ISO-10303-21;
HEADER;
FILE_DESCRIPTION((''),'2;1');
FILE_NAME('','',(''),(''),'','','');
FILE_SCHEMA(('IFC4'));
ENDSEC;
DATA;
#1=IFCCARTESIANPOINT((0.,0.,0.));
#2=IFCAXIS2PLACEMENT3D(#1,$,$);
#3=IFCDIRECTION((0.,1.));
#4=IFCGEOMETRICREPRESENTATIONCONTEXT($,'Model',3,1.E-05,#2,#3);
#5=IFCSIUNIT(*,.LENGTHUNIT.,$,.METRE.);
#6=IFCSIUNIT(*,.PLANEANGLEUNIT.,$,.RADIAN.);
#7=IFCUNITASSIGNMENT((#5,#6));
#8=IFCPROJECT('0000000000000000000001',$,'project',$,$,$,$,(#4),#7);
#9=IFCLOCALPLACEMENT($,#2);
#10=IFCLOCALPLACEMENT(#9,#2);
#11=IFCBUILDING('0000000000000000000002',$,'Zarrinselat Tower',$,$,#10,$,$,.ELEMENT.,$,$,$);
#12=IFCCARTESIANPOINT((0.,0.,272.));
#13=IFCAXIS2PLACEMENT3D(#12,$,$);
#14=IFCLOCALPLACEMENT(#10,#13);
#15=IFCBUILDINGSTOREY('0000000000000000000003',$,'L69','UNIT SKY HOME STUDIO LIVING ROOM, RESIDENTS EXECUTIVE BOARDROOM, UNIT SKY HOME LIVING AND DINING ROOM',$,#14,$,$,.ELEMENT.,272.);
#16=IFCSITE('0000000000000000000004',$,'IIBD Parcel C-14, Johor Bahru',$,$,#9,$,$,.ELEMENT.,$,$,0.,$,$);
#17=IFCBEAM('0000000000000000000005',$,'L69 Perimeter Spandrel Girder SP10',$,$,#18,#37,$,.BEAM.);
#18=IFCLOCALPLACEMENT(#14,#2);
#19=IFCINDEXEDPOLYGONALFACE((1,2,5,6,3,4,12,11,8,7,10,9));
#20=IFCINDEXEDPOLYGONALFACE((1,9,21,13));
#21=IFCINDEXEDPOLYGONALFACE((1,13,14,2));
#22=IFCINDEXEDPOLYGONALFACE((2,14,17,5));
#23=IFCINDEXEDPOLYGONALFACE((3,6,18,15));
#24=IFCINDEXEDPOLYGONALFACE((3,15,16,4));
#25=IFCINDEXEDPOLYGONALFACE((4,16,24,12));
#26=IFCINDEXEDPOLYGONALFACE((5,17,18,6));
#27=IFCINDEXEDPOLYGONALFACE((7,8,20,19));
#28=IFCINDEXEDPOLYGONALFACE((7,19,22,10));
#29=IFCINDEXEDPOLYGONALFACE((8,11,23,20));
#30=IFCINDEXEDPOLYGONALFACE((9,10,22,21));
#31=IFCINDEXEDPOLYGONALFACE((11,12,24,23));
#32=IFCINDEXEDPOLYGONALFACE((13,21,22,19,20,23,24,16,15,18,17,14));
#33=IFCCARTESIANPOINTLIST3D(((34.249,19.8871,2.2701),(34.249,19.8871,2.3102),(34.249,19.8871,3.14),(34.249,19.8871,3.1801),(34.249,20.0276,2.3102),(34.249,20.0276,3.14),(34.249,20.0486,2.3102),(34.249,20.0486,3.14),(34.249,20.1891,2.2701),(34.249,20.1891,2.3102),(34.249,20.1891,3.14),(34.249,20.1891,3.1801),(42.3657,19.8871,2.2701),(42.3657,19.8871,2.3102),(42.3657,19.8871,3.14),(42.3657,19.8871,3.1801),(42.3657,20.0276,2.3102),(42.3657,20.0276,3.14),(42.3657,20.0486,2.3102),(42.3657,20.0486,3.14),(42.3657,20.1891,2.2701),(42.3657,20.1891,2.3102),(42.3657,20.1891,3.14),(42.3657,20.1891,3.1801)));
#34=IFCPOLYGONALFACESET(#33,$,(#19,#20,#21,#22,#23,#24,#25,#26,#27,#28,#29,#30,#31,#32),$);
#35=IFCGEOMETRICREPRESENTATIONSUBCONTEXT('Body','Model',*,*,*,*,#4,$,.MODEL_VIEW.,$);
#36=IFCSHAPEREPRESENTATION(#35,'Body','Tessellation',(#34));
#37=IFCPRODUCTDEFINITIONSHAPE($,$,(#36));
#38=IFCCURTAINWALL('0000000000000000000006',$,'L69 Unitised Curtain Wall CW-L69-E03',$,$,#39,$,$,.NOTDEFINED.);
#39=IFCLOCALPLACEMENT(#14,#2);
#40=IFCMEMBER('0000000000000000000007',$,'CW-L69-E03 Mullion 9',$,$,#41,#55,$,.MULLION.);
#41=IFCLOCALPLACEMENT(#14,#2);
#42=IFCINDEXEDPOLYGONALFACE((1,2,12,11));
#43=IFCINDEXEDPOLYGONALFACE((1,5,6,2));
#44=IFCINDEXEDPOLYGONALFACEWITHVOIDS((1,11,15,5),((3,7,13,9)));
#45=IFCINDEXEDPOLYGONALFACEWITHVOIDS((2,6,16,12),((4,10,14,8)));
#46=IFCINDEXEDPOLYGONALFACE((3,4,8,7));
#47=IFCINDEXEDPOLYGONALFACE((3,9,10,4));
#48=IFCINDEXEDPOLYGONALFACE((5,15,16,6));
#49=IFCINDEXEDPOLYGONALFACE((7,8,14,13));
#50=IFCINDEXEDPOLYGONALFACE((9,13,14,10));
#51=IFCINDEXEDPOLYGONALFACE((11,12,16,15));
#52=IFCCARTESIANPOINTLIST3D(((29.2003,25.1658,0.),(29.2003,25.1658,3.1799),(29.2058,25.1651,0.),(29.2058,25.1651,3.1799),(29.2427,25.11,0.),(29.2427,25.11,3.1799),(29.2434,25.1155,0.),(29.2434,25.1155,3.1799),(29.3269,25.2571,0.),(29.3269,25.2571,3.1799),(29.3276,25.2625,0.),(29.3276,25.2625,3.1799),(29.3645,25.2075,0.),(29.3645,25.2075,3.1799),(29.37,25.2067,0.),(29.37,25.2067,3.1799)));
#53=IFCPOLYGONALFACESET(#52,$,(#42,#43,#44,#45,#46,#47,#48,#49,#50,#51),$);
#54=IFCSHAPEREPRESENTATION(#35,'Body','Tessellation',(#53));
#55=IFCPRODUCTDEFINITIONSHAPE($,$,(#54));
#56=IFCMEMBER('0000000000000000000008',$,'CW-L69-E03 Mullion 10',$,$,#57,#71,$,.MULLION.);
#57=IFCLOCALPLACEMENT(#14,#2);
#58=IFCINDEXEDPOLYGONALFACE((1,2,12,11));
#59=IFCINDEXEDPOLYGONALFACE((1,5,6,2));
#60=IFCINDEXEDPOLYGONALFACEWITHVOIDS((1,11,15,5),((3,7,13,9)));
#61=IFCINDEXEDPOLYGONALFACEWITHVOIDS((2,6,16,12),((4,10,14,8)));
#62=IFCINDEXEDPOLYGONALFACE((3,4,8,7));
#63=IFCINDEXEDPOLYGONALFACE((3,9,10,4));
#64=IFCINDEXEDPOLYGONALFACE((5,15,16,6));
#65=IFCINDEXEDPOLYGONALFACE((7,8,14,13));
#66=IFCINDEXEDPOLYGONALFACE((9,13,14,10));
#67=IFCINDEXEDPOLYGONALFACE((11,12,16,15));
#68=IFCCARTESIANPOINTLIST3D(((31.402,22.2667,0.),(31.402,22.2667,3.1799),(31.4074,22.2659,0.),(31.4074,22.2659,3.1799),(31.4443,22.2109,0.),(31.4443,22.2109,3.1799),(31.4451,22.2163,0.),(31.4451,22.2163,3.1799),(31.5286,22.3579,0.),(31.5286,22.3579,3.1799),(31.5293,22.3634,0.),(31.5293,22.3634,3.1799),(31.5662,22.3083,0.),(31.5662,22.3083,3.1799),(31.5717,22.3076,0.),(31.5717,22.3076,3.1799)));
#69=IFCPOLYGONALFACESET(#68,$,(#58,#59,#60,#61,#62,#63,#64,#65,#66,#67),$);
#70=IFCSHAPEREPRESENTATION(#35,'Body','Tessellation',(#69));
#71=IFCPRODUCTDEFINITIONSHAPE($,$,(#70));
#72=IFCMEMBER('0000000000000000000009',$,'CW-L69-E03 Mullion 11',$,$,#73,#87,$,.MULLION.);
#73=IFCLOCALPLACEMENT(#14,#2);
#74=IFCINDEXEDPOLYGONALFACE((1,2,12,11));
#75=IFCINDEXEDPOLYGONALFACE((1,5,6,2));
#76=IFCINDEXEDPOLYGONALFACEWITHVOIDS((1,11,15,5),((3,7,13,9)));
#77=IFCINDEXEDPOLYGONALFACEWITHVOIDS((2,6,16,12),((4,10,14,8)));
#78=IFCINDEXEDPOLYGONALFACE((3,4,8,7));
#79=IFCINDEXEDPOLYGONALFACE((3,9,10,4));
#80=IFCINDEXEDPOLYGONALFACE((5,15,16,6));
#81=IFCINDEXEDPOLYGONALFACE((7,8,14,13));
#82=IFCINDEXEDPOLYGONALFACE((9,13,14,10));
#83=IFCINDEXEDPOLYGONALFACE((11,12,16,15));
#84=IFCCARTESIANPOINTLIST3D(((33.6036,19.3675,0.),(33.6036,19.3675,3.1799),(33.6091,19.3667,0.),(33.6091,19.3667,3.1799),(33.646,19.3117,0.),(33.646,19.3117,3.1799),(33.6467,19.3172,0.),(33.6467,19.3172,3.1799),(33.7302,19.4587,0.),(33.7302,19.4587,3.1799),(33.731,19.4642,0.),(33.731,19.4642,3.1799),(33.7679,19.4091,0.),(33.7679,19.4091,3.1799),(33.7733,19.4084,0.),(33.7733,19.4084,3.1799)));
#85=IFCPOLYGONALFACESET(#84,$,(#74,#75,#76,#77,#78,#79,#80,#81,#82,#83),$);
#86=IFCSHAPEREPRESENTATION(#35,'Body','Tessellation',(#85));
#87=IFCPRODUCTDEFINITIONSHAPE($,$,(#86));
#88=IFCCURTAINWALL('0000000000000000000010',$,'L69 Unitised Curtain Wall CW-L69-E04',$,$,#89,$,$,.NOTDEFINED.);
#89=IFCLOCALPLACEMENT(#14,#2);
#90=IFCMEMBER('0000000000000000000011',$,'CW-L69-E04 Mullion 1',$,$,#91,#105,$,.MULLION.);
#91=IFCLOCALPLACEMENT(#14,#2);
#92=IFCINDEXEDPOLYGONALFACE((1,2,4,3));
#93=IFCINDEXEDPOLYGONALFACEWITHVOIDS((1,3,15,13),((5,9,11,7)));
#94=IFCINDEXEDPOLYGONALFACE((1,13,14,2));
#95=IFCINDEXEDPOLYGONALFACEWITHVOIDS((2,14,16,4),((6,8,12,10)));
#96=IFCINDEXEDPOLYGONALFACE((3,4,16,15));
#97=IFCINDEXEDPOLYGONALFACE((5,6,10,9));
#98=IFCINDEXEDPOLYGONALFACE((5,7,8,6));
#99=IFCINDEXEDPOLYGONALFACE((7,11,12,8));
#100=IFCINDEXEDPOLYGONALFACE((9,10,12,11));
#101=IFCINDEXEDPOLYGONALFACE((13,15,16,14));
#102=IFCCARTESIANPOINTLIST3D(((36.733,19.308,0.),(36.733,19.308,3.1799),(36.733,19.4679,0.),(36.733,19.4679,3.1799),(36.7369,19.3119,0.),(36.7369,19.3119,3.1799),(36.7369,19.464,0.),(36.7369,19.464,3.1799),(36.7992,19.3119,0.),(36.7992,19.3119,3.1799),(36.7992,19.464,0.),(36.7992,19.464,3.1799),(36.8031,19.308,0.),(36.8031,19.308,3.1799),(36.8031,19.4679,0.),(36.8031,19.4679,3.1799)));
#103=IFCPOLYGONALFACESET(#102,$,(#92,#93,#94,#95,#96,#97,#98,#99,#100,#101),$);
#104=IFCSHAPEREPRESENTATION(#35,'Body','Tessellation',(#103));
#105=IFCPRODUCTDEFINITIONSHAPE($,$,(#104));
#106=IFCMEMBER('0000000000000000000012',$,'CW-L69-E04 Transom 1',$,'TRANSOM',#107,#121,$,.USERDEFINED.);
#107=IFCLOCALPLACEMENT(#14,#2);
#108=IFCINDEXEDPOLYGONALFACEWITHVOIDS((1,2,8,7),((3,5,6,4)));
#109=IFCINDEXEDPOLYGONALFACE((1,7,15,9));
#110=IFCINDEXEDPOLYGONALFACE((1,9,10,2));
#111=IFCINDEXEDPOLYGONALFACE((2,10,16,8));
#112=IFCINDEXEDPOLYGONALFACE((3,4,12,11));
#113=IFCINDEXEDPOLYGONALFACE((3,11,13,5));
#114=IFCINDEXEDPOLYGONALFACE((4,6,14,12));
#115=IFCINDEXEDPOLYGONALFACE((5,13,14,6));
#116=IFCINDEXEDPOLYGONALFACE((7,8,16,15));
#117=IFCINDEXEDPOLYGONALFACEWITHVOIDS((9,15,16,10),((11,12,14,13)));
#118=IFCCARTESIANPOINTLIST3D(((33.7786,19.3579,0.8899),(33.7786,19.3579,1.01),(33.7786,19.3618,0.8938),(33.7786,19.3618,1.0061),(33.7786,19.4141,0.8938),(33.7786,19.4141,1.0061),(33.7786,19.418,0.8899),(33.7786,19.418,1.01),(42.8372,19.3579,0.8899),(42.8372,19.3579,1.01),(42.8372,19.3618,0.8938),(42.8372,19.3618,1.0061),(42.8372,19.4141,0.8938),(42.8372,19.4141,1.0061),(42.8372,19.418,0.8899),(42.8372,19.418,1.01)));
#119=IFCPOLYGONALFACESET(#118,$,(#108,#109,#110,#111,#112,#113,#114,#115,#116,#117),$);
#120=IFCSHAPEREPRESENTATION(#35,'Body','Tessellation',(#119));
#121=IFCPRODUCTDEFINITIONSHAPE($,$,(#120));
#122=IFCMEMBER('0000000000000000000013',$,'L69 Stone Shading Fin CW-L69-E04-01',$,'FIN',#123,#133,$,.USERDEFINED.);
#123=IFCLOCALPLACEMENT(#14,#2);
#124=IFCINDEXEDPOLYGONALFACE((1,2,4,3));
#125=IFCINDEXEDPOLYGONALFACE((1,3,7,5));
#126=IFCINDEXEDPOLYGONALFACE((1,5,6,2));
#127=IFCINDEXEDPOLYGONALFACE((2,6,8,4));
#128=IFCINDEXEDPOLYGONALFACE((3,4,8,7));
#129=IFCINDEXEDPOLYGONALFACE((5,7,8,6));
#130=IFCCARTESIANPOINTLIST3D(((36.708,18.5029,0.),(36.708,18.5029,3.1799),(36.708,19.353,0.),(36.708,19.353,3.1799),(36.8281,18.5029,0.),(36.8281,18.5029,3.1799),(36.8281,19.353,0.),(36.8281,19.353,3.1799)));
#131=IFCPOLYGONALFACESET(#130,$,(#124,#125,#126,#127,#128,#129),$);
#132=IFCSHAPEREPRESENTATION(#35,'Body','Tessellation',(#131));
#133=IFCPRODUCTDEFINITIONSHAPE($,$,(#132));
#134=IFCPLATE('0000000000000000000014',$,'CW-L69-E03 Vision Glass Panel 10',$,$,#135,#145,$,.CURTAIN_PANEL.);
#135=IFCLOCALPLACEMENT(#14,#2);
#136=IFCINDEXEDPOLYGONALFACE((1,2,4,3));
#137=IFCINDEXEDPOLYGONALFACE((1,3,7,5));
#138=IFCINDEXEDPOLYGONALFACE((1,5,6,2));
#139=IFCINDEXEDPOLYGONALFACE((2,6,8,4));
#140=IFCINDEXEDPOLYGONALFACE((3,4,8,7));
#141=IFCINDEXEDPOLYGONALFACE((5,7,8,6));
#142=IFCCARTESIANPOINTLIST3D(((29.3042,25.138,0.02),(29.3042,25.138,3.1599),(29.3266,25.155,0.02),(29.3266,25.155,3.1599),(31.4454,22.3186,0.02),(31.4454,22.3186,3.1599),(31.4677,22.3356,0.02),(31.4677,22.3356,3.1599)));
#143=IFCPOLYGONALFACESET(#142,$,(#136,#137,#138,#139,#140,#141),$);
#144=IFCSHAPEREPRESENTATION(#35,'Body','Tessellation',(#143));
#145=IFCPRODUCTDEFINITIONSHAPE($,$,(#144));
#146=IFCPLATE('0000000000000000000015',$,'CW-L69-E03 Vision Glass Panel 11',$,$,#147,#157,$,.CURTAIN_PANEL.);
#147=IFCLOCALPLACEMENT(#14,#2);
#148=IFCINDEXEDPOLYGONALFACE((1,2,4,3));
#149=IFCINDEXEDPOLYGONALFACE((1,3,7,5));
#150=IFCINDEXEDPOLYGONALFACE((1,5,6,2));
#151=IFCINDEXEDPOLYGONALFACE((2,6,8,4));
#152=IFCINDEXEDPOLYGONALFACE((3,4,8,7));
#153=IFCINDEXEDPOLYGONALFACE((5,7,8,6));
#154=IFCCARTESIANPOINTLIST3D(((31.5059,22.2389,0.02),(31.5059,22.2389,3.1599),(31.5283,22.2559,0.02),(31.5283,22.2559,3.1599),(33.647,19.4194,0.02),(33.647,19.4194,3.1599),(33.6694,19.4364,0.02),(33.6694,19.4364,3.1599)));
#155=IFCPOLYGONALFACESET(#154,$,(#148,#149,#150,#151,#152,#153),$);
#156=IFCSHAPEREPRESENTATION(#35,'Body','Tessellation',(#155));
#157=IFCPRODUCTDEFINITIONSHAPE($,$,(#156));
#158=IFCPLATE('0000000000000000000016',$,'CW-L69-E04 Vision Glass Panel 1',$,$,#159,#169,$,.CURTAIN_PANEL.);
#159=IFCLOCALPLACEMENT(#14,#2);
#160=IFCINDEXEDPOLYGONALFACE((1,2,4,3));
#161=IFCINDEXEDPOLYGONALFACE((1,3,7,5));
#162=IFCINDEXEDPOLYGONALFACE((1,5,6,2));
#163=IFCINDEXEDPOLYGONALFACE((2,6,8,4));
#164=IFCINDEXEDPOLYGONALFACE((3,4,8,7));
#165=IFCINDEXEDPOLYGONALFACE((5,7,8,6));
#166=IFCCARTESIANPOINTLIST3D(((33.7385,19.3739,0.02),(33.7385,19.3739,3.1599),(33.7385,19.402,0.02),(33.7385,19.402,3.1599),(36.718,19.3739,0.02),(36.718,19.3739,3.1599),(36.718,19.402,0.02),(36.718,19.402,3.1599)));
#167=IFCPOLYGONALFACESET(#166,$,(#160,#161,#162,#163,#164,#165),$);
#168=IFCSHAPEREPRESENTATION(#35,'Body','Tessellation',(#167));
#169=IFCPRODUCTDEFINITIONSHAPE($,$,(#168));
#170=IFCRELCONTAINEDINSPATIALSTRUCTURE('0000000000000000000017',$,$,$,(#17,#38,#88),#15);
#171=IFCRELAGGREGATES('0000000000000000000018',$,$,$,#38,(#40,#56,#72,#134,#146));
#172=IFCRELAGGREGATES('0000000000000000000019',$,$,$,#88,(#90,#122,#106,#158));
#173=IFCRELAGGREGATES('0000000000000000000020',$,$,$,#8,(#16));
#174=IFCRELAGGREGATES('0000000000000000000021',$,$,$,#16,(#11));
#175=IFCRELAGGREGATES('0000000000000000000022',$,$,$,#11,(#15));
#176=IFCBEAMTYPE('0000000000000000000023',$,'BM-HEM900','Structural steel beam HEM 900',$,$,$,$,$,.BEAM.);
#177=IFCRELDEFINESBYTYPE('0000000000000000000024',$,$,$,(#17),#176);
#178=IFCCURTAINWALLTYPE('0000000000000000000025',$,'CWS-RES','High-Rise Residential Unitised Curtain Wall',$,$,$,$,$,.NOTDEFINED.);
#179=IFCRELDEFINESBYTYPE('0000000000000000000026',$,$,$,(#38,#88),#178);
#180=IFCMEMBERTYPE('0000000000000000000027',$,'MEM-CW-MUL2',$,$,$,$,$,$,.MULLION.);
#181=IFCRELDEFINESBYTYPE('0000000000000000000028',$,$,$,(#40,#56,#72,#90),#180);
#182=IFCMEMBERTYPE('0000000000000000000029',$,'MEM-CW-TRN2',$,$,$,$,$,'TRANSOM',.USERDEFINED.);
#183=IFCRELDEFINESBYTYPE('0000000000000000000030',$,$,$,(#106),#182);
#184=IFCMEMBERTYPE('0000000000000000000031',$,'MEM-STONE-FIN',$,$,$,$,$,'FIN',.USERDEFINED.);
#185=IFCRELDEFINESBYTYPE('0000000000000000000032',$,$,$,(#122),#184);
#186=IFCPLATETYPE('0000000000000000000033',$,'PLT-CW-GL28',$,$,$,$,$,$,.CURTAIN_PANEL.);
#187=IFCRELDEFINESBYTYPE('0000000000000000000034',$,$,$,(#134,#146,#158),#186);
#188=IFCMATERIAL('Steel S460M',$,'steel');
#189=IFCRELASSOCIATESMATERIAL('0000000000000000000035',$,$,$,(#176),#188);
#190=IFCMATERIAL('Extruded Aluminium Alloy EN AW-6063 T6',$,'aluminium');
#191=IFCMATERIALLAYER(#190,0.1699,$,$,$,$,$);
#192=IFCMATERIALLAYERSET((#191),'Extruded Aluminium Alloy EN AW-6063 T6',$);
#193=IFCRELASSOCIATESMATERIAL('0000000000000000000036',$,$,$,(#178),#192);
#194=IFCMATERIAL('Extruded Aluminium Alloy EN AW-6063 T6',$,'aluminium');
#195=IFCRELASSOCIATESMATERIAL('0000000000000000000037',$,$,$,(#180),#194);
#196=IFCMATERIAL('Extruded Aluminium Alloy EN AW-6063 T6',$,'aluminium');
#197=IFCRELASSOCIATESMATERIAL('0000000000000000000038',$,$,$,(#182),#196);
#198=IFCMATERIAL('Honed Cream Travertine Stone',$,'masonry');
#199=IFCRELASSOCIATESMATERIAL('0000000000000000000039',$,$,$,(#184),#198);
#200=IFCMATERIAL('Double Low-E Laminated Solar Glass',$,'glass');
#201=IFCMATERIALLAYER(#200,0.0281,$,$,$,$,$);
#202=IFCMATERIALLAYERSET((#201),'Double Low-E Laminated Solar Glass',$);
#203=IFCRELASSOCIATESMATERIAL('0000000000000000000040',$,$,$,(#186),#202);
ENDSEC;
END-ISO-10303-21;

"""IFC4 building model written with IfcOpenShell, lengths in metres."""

from ifc_helpers import new_model, si_unit, direction, frame, origin, origin_2d, place, context, subcontext, project, spatial, rectangle, hollow_rectangle, i_section, extrude, material, layer, layer_set, material_profile, profile_set, type_object, element, aggregate, save


model = new_model("IFC4")

# Units and contexts
model_context = context("Model", 3, precision=1e-05, world=origin(), true_north=direction((0.0, 1.0)))
body_context = subcontext(model_context, "Body", "Model", "MODEL_VIEW")
ifc_project = project(units=[si_unit("LENGTHUNIT", "METRE"), si_unit("PLANEANGLEUNIT", "RADIAN")], contexts=[model_context])

# Site, building, storey
site_placement = place(None, origin())
site = spatial("IfcSite", under=ifc_project, at=site_placement, Name="IIBD Parcel C-14, Johor Bahru", CompositionType="ELEMENT", RefElevation=0.0)
building_placement = place(site_placement, origin())
building = spatial("IfcBuilding", under=site, at=building_placement, Name="Zarrinselat Tower", CompositionType="ELEMENT")
storey_placement = place(building_placement, frame((0.0, 0.0, 272.0)))
storey = spatial("IfcBuildingStorey", under=building, at=storey_placement, Name="L69", Description="UNIT SKY HOME STUDIO LIVING ROOM, RESIDENTS EXECUTIVE BOARDROOM, UNIT SKY HOME LIVING AND DINING ROOM", CompositionType="ELEMENT", Elevation=272.0)

# Beam
ifc_material_1 = material(Name="Steel S460M", Category="steel")
ifc_material_profile_1 = material_profile(ifc_material_1, i_section(OverallWidth=0.302, OverallDepth=0.9099, WebThickness=0.021, FlangeThickness=0.04, at=origin_2d()), Name="HEM 900")
ifc_profile_set_1 = profile_set([ifc_material_profile_1], Name="Steel S460M")
beam_type_1 = type_object("IfcBeamType", Name="BM-HEM900", Description="Structural steel beam HEM 900", PredefinedType="BEAM", material=ifc_profile_set_1)
beam_1_placement = place(storey_placement, frame((34.249, 20.0381, 2.7251), z_axis=(1.0, 0.0, 0.0), x_axis=(0.0, 1.0, 0.0)))
element("IfcBeam", 1, at=beam_1_placement, inside=storey, type_object=beam_type_1, Name="L69 Perimeter Spandrel Girder SP10", PredefinedType="BEAM", context=body_context, shape_type="SweptSolid", body=[
    extrude(i_section(OverallWidth=0.302, OverallDepth=0.9099, WebThickness=0.021, FlangeThickness=0.04, at=origin_2d()), origin(), (0.0, 0.0, 1.0), 8.1167),
])

# Curtain walls, members
ifc_material_2 = material(Name="Extruded Aluminium Alloy EN AW-6063 T6", Category="aluminium")
ifc_layer_1 = layer(ifc_material_2, 0.1699)
ifc_layer_set_1 = layer_set([ifc_layer_1], Name="Extruded Aluminium Alloy EN AW-6063 T6")
curtain_wall_type = type_object("IfcCurtainWallType", Name="CWS-RES", Description="High-Rise Residential Unitised Curtain Wall", PredefinedType="NOTDEFINED", material=ifc_layer_set_1)
curtain_wall_1_placement = place(storey_placement, origin())
curtain_wall_1 = element("IfcCurtainWall", 2, at=curtain_wall_1_placement, inside=storey, type_object=curtain_wall_type, Name="L69 Unitised Curtain Wall CW-L69-E03", PredefinedType="NOTDEFINED")
ifc_material_3 = material(Name="Extruded Aluminium Alloy EN AW-6063 T6", Category="aluminium")
ifc_material_profile_2 = material_profile(ifc_material_3, hollow_rectangle(XDim=0.0701, YDim=0.1599, WallThickness=0.0039, at=origin_2d()), Name="RHS 160x70x4")
ifc_profile_set_2 = profile_set([ifc_material_profile_2], Name="Extruded Aluminium Alloy EN AW-6063 T6")
member_type_1 = type_object("IfcMemberType", Name="MEM-CW-MUL2", PredefinedType="MULLION", material=ifc_profile_set_2)
member_1_placement = place(storey_placement, frame((29.2852, 25.1863, 0.0), z_axis=(0.0, 0.0, 1.0), x_axis=(0.604788, -0.796387, 0.0)))
member_1 = element("IfcMember", 3, at=member_1_placement, type_object=member_type_1, Name="CW-L69-E03 Mullion 9", PredefinedType="MULLION", context=body_context, shape_type="SweptSolid", body=[
    extrude(hollow_rectangle(XDim=0.0701, YDim=0.1599, WallThickness=0.0039, at=origin_2d()), origin(), (0.0, 0.0, 1.0), 3.1799),
])
member_2_placement = place(storey_placement, frame((31.4868, 22.2871, 0.0), z_axis=(0.0, 0.0, 1.0), x_axis=(0.604788, -0.796387, 0.0)))
member_2 = element("IfcMember", 4, at=member_2_placement, type_object=member_type_1, Name="CW-L69-E03 Mullion 10", PredefinedType="MULLION", context=body_context, shape_type="SweptSolid", body=[
    extrude(hollow_rectangle(XDim=0.0701, YDim=0.1599, WallThickness=0.0039, at=origin_2d()), origin(), (0.0, 0.0, 1.0), 3.1799),
])
member_3_placement = place(storey_placement, frame((33.6885, 19.3879, 0.0), z_axis=(0.0, 0.0, 1.0), x_axis=(0.604788, -0.796387, 0.0)))
member_3 = element("IfcMember", 5, at=member_3_placement, type_object=member_type_1, Name="CW-L69-E03 Mullion 11", PredefinedType="MULLION", context=body_context, shape_type="SweptSolid", body=[
    extrude(hollow_rectangle(XDim=0.0701, YDim=0.1599, WallThickness=0.0039, at=origin_2d()), origin(), (0.0, 0.0, 1.0), 3.1799),
])
curtain_wall_2_placement = place(storey_placement, origin())
curtain_wall_2 = element("IfcCurtainWall", 6, at=curtain_wall_2_placement, inside=storey, type_object=curtain_wall_type, Name="L69 Unitised Curtain Wall CW-L69-E04", PredefinedType="NOTDEFINED")
member_4_placement = place(storey_placement, frame((36.7681, 19.3879, 0.0), z_axis=(0.0, 0.0, 1.0), x_axis=(1.0, 0.0, 0.0)))
member_4 = element("IfcMember", 7, at=member_4_placement, type_object=member_type_1, Name="CW-L69-E04 Mullion 1", PredefinedType="MULLION", context=body_context, shape_type="SweptSolid", body=[
    extrude(hollow_rectangle(XDim=0.0701, YDim=0.1599, WallThickness=0.0039, at=origin_2d()), origin(), (0.0, 0.0, 1.0), 3.1799),
])
ifc_material_4 = material(Name="Extruded Aluminium Alloy EN AW-6063 T6", Category="aluminium")
ifc_material_profile_3 = material_profile(ifc_material_4, hollow_rectangle(XDim=0.0601, YDim=0.1201, WallThickness=0.0039, at=origin_2d()), Name="RHS 120x60x4")
ifc_profile_set_3 = profile_set([ifc_material_profile_3], Name="Extruded Aluminium Alloy EN AW-6063 T6")
member_type_2 = type_object("IfcMemberType", Name="MEM-CW-TRN2", ElementType="TRANSOM", PredefinedType="USERDEFINED", material=ifc_profile_set_3)
member_5_placement = place(storey_placement, frame((33.7786, 19.3879, 0.95), z_axis=(1.0, 0.0, 0.0), x_axis=(0.0, 1.0, 0.0)))
member_5 = element("IfcMember", 8, at=member_5_placement, type_object=member_type_2, Name="CW-L69-E04 Transom 1", ObjectType="TRANSOM", PredefinedType="USERDEFINED", context=body_context, shape_type="SweptSolid", body=[
    extrude(hollow_rectangle(XDim=0.0601, YDim=0.1201, WallThickness=0.0039, at=origin_2d()), origin(), (0.0, 0.0, 1.0), 9.0586),
])
ifc_material_5 = material(Name="Honed Cream Travertine Stone", Category="masonry")
ifc_material_profile_4 = material_profile(ifc_material_5, rectangle(XDim=0.1201, YDim=0.8501, at=origin_2d()), Name="FIN 850x120")
ifc_profile_set_4 = profile_set([ifc_material_profile_4], Name="Honed Cream Travertine Stone")
member_type_3 = type_object("IfcMemberType", Name="MEM-STONE-FIN", ElementType="FIN", PredefinedType="USERDEFINED", material=ifc_profile_set_4)
member_6_placement = place(storey_placement, frame((36.7681, 18.928, 0.0), z_axis=(0.0, 0.0, 1.0), x_axis=(-1.0, 0.0, 0.0)))
member_6 = element("IfcMember", 9, at=member_6_placement, type_object=member_type_3, Name="L69 Stone Shading Fin CW-L69-E04-01", ObjectType="FIN", PredefinedType="USERDEFINED", context=body_context, shape_type="SweptSolid", body=[
    extrude(rectangle(XDim=0.1201, YDim=0.8501, at=origin_2d()), origin(), (0.0, 0.0, 1.0), 3.1799),
])

# Plates
ifc_material_6 = material(Name="Double Low-E Laminated Solar Glass", Category="glass")
ifc_layer_2 = layer(ifc_material_6, 0.0281)
ifc_layer_set_2 = layer_set([ifc_layer_2], Name="Double Low-E Laminated Solar Glass")
plate_type = type_object("IfcPlateType", Name="PLT-CW-GL28", PredefinedType="CURTAIN_PANEL", material=ifc_layer_set_2)
plate_1_placement = place(storey_placement, frame((30.386, 23.7368, 0.02), z_axis=(0.0, 0.0, 1.0), x_axis=(0.604788, -0.796387, 0.0)))
plate_1 = element("IfcPlate", 10, at=plate_1_placement, type_object=plate_type, Name="CW-L69-E03 Vision Glass Panel 10", PredefinedType="CURTAIN_PANEL", context=body_context, shape_type="SweptSolid", body=[
    extrude(rectangle(XDim=3.5403, YDim=0.0281, at=origin_2d()), origin(), (0.0, 0.0, 1.0), 3.1399),
])
plate_2_placement = place(storey_placement, frame((32.5876, 20.8376, 0.02), z_axis=(0.0, 0.0, 1.0), x_axis=(0.604788, -0.796387, 0.0)))
plate_2 = element("IfcPlate", 11, at=plate_2_placement, type_object=plate_type, Name="CW-L69-E03 Vision Glass Panel 11", PredefinedType="CURTAIN_PANEL", context=body_context, shape_type="SweptSolid", body=[
    extrude(rectangle(XDim=3.5403, YDim=0.0281, at=origin_2d()), origin(), (0.0, 0.0, 1.0), 3.1399),
])
aggregate(curtain_wall_1, [member_1, member_2, member_3, plate_1, plate_2])
plate_3_placement = place(storey_placement, frame((35.2283, 19.3879, 0.02), z_axis=(0.0, 0.0, 1.0), x_axis=(1.0, 0.0, 0.0)))
plate_3 = element("IfcPlate", 12, at=plate_3_placement, type_object=plate_type, Name="CW-L69-E04 Vision Glass Panel 1", PredefinedType="CURTAIN_PANEL", context=body_context, shape_type="SweptSolid", body=[
    extrude(rectangle(XDim=2.9795, YDim=0.0281, at=origin_2d()), origin(), (0.0, 0.0, 1.0), 3.1399),
])
aggregate(curtain_wall_2, [member_4, member_6, member_5, plate_3])

save(model, "model.ifc")
